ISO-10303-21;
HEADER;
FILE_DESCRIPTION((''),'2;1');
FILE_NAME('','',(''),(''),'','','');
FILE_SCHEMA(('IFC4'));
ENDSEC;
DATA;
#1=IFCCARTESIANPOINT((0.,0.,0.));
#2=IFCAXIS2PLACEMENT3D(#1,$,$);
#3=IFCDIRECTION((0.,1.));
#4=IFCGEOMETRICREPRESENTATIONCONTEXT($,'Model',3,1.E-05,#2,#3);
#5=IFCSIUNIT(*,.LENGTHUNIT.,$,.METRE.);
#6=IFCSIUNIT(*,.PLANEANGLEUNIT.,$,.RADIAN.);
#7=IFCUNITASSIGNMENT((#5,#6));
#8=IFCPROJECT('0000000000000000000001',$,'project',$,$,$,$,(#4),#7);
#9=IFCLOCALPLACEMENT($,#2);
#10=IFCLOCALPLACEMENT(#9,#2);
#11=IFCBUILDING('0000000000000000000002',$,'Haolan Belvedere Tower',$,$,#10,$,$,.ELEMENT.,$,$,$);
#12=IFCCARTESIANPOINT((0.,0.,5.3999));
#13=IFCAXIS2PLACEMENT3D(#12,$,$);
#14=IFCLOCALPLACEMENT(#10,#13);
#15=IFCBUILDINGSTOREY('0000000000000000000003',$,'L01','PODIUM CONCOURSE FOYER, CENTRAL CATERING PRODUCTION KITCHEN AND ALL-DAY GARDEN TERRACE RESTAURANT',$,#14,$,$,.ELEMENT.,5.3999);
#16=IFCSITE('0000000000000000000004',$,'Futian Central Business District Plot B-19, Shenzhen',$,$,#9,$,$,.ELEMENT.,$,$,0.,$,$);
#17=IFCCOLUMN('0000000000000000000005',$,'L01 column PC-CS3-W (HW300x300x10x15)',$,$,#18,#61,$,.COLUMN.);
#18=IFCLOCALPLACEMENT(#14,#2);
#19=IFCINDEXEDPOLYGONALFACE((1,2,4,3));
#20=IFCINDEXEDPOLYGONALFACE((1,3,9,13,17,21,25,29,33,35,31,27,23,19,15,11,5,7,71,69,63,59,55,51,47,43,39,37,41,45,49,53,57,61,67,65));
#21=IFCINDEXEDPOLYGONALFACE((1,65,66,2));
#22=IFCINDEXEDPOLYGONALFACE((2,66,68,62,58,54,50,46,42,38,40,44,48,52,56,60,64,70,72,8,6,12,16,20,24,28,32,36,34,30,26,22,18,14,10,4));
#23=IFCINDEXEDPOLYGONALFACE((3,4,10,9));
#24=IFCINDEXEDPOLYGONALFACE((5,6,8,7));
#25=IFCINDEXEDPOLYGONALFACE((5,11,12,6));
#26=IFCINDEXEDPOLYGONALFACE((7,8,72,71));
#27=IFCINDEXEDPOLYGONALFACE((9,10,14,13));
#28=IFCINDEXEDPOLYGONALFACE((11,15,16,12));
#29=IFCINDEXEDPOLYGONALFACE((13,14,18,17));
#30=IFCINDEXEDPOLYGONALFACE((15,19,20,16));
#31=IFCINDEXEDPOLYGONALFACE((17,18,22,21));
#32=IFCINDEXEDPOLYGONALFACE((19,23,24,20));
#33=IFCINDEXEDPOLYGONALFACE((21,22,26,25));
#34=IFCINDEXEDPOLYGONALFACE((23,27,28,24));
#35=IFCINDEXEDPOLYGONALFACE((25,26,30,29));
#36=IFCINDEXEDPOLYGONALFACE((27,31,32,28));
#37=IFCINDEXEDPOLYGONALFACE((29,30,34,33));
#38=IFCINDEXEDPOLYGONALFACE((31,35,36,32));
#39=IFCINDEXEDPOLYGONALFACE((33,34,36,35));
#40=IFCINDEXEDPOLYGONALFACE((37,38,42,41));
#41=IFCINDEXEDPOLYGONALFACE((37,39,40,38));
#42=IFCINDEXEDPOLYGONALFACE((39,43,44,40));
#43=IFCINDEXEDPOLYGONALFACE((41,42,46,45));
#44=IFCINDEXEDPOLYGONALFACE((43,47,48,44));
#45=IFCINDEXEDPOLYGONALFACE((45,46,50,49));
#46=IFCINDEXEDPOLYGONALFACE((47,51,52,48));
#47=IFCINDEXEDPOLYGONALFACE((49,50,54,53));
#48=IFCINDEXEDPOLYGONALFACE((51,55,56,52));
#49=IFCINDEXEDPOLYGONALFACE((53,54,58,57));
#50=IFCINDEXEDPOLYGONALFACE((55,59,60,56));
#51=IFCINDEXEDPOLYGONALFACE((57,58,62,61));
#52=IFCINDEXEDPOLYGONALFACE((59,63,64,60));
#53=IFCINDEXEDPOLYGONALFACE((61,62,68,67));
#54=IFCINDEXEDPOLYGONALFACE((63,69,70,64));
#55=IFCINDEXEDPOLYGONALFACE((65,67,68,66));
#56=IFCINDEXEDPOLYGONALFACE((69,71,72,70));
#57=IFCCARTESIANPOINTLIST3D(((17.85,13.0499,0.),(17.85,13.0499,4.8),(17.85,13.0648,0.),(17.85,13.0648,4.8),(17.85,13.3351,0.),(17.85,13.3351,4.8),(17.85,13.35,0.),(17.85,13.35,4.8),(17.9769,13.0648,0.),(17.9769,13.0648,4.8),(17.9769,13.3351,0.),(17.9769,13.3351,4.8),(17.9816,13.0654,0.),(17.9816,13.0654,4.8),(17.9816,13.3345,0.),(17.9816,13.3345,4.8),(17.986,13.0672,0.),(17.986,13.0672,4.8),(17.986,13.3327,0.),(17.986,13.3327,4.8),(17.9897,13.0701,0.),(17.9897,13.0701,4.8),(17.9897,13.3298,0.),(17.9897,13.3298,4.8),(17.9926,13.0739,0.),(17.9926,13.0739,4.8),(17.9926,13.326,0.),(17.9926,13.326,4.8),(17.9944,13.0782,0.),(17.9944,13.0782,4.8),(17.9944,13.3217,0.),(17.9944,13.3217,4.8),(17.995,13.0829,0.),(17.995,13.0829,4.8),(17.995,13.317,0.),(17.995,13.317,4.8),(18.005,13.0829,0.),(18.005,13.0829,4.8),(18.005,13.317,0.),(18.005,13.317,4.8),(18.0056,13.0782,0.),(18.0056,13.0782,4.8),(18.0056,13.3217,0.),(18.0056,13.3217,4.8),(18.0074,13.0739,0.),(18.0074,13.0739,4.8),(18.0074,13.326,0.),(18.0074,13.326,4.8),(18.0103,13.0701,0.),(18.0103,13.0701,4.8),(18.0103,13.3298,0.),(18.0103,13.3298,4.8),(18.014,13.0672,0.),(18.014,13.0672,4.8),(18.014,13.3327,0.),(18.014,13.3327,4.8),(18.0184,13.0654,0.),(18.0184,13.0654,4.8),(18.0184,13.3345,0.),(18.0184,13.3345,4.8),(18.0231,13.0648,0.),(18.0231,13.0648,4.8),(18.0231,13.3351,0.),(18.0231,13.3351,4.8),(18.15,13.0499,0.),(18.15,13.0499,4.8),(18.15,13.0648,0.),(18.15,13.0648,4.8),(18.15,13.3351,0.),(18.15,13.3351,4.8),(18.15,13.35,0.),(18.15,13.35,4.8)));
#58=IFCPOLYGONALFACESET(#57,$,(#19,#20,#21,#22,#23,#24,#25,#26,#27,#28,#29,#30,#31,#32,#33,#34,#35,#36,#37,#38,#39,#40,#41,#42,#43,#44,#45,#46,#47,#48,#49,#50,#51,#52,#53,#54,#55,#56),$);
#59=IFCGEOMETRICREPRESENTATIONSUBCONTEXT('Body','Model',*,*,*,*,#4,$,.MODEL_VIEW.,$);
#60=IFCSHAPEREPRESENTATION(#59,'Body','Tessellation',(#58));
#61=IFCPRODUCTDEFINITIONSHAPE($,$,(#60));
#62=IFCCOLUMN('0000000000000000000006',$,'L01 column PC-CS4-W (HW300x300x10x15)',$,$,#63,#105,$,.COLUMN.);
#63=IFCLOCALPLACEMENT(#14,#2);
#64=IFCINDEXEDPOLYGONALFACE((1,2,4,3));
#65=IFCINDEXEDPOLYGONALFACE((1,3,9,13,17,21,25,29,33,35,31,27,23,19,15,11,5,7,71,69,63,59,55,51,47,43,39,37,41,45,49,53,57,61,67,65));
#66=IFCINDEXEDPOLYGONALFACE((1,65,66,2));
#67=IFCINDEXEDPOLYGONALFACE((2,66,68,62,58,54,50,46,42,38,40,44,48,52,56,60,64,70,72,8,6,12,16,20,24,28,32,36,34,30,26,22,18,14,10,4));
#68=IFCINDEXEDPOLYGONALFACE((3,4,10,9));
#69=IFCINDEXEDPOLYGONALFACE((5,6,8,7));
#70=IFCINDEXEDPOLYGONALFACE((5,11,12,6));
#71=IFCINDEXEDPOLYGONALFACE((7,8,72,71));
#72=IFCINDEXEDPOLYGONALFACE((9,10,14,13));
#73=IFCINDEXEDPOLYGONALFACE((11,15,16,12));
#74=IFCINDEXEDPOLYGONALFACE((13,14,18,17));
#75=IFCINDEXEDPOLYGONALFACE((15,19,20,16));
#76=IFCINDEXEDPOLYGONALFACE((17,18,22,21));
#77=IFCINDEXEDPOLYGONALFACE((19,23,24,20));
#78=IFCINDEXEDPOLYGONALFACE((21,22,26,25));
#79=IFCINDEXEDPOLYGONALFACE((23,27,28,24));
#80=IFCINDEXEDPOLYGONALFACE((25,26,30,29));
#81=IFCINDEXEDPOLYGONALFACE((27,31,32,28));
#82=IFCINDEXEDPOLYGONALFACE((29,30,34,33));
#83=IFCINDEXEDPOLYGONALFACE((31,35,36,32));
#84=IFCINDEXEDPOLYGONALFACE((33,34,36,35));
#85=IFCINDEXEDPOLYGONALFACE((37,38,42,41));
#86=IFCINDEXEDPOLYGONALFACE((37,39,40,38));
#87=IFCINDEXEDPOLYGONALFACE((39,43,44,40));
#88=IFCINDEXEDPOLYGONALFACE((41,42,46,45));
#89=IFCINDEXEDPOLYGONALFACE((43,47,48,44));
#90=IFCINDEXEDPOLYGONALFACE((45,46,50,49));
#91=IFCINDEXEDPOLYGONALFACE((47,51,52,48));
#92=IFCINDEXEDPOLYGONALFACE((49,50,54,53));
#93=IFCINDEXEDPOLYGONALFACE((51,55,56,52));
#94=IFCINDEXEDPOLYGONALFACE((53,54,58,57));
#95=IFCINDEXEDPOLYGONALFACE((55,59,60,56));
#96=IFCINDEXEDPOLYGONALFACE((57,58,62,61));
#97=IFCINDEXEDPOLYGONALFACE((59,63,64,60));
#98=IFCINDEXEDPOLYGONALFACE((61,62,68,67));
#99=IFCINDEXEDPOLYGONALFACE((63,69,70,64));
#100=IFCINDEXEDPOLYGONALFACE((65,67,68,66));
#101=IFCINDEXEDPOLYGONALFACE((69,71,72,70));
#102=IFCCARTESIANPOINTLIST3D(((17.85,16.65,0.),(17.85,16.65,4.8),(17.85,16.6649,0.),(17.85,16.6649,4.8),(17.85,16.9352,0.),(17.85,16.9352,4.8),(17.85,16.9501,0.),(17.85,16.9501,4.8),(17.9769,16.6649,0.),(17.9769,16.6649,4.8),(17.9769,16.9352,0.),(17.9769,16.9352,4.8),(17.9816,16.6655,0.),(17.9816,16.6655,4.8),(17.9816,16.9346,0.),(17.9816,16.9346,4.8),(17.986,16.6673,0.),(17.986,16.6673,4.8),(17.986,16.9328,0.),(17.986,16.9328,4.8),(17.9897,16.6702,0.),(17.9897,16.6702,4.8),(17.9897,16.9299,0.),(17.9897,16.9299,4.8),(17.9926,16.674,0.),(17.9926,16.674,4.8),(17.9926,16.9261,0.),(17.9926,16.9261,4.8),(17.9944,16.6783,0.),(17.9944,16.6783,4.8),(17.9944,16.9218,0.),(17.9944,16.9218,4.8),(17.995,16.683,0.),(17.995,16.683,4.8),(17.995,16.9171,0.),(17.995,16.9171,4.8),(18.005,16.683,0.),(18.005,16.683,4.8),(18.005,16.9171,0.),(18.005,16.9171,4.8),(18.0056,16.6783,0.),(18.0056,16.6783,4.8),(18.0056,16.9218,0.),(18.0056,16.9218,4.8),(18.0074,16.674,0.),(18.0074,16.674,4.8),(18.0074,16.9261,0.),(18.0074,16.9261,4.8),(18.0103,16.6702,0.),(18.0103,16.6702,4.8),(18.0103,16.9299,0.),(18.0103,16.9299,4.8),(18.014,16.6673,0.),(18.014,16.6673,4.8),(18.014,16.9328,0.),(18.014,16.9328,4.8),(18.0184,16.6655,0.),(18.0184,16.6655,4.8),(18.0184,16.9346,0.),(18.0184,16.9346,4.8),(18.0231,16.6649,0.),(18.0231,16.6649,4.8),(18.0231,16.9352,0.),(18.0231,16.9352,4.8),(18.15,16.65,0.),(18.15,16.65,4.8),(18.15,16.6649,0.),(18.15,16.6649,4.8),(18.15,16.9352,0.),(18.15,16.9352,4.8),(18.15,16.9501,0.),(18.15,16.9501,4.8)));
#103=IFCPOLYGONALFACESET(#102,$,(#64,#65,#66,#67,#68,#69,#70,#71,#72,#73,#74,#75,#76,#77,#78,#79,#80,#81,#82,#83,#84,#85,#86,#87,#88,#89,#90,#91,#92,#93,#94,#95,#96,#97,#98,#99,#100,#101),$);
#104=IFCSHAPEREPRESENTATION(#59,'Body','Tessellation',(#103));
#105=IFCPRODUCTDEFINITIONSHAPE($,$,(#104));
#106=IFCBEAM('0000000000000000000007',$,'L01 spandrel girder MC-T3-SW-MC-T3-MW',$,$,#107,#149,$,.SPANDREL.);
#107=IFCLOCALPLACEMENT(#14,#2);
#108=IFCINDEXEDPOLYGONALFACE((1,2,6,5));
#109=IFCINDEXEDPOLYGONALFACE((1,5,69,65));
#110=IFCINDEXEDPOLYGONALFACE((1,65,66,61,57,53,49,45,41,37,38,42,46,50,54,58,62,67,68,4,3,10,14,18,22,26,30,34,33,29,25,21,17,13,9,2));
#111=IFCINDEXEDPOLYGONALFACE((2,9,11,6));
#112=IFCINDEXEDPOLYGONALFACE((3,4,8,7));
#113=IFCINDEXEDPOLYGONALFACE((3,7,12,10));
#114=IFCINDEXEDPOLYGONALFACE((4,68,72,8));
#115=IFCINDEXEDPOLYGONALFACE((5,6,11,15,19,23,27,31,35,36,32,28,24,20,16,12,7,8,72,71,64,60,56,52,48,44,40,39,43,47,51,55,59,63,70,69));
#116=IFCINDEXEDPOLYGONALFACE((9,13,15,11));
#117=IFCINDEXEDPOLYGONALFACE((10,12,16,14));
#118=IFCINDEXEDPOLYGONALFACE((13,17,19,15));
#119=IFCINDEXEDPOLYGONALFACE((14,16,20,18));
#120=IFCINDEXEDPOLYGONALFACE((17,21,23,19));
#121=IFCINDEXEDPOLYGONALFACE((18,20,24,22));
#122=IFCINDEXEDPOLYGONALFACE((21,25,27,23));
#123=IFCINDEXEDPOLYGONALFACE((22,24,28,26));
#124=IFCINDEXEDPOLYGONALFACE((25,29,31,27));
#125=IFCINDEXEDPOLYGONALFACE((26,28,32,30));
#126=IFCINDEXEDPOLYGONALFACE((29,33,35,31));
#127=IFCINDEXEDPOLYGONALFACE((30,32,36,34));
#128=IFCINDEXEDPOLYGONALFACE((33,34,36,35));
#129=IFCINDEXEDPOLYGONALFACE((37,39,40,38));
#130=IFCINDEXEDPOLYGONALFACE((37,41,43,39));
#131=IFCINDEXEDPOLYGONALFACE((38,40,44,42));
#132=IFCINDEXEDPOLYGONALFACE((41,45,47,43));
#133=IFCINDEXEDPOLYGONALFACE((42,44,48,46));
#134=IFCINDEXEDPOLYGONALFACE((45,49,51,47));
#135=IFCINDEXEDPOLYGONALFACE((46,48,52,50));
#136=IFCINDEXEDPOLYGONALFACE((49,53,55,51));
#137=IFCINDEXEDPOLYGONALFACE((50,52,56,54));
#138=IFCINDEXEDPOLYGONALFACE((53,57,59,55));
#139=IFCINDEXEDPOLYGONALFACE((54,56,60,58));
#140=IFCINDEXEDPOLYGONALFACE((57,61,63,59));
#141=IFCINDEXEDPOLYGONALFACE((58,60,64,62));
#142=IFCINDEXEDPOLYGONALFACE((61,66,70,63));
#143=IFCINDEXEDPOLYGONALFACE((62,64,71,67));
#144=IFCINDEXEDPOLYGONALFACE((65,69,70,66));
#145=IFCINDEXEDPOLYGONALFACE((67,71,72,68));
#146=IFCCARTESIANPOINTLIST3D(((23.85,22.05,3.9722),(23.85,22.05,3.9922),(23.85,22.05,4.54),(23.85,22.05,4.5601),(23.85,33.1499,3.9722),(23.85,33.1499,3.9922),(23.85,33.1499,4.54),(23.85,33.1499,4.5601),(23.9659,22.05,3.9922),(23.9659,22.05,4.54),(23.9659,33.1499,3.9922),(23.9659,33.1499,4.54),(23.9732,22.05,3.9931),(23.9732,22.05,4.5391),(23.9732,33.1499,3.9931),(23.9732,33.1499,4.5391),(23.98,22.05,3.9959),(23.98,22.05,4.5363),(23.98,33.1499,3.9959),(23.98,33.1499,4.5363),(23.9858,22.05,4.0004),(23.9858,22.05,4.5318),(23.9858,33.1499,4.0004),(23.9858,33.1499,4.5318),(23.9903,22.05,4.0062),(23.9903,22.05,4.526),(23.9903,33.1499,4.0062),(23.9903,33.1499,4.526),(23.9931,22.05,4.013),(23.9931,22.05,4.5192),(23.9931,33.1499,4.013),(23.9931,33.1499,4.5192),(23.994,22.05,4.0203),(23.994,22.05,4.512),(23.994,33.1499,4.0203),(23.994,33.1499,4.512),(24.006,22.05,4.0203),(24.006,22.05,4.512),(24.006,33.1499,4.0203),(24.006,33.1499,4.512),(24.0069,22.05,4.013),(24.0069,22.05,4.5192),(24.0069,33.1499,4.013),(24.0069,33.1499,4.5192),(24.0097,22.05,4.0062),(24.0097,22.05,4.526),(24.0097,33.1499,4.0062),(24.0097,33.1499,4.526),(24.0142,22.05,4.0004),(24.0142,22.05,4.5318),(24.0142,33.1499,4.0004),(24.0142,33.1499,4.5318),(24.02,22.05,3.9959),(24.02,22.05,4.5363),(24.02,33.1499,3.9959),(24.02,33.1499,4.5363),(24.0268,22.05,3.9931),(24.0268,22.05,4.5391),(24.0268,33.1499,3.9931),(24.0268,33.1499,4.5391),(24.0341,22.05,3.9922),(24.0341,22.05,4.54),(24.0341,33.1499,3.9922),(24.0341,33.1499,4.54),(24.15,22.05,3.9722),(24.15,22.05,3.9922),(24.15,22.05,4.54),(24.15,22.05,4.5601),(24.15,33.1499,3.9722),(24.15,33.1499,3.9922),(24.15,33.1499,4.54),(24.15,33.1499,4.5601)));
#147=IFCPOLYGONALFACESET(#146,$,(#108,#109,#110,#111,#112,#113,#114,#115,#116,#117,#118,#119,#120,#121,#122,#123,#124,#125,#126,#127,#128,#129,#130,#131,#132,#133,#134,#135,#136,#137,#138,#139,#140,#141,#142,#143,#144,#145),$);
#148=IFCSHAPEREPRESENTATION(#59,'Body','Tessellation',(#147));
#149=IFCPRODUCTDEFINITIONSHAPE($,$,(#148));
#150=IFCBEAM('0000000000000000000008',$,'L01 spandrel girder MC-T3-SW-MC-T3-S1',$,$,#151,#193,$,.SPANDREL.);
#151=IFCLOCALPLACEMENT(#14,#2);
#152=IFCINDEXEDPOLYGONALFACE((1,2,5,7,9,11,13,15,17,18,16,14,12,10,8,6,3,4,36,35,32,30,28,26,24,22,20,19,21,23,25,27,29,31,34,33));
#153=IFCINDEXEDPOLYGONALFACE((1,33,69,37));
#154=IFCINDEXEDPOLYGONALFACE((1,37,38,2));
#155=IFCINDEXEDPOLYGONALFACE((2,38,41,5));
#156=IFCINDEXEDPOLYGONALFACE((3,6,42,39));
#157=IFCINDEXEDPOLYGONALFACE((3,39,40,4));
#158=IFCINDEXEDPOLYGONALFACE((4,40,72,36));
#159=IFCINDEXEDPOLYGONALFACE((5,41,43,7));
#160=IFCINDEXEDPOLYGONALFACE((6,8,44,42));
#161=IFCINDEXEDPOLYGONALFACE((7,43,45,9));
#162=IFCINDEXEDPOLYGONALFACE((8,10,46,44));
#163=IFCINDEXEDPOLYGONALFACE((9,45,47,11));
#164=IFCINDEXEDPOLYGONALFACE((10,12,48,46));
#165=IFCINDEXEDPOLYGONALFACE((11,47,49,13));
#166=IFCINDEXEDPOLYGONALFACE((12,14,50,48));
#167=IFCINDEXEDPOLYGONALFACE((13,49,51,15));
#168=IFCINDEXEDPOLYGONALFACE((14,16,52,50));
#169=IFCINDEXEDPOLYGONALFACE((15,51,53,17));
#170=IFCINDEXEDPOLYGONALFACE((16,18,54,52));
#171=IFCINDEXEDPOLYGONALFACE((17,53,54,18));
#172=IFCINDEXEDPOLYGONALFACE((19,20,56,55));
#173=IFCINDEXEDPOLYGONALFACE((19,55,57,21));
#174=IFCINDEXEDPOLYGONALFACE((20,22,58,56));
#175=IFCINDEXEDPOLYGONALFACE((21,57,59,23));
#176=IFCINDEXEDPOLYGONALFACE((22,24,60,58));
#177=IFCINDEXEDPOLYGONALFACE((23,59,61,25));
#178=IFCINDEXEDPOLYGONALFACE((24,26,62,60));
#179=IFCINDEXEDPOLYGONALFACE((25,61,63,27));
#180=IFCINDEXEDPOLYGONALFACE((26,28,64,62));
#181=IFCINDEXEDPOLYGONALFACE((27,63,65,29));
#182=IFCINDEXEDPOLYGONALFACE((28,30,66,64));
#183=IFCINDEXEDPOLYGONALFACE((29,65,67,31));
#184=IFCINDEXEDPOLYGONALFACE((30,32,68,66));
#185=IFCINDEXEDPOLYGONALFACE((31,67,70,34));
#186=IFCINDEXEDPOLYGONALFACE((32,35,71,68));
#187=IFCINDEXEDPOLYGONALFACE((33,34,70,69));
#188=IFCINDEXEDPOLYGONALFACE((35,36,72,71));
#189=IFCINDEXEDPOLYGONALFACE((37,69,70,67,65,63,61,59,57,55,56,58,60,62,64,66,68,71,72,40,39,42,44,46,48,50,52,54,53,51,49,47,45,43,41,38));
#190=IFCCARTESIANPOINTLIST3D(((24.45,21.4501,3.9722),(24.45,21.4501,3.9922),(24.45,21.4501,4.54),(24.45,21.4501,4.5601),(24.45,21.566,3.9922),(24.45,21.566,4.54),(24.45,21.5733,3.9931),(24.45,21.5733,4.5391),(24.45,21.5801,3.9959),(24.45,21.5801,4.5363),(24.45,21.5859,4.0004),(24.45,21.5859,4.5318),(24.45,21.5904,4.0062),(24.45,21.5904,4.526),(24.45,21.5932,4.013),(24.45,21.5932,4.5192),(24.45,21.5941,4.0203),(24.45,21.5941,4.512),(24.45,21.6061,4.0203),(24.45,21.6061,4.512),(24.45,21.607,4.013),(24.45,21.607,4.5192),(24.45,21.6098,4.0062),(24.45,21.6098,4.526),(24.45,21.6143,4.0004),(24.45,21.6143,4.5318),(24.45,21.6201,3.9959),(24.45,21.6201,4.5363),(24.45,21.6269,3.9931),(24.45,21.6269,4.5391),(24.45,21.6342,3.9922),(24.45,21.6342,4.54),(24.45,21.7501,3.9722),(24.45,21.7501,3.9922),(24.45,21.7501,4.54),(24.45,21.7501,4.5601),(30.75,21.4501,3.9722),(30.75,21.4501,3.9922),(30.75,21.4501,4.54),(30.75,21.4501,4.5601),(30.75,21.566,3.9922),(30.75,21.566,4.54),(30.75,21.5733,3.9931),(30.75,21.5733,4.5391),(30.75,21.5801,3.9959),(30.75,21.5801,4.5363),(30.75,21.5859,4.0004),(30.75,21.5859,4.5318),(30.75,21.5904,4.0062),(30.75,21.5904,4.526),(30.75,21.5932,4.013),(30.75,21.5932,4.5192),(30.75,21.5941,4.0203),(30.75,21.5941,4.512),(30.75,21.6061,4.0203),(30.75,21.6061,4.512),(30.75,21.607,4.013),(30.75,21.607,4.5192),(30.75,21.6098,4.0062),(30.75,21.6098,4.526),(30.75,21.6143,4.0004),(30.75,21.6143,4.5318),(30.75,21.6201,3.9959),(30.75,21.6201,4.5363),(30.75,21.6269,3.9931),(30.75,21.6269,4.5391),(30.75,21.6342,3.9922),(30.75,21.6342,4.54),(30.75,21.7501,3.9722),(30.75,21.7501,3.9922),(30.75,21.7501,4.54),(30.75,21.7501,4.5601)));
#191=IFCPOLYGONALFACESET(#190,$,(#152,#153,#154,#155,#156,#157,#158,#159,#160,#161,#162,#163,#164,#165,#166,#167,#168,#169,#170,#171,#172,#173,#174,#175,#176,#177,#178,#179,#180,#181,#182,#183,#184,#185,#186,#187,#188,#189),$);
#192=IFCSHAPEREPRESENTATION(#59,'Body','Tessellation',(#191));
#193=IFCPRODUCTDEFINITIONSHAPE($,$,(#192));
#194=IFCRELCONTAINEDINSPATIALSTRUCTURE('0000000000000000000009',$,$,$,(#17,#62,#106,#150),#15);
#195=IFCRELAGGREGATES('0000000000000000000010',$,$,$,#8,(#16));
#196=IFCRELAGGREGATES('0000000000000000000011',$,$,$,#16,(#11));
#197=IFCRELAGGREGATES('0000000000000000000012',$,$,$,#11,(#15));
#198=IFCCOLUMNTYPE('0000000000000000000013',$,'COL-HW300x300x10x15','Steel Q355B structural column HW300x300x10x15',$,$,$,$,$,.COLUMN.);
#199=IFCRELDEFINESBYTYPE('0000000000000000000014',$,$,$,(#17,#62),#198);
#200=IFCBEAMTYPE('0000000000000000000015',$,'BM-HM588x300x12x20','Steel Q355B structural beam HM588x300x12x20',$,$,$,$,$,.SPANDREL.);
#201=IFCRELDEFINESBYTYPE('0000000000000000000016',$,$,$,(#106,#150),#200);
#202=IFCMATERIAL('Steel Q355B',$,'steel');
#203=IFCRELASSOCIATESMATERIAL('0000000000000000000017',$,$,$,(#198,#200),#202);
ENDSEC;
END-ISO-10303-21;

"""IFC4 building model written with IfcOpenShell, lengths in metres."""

from ifc_helpers import new_model, si_unit, direction, frame, origin, origin_2d, place, context, subcontext, project, spatial, i_section, extrude, material, material_profile, profile_set, type_object, element, save


model = new_model("IFC4")

# Units and contexts
model_context = context("Model", 3, precision=1e-05, world=origin(), true_north=direction((0.0, 1.0)))
body_context = subcontext(model_context, "Body", "Model", "MODEL_VIEW")
ifc_project = project(units=[si_unit("LENGTHUNIT", "METRE"), si_unit("PLANEANGLEUNIT", "RADIAN")], contexts=[model_context])

# Site, building, storey
site_placement = place(None, origin())
site = spatial("IfcSite", under=ifc_project, at=site_placement, Name="Futian Central Business District Plot B-19, Shenzhen", CompositionType="ELEMENT", RefElevation=0.0)
building_placement = place(site_placement, origin())
building = spatial("IfcBuilding", under=site, at=building_placement, Name="Haolan Belvedere Tower", CompositionType="ELEMENT")
storey_placement = place(building_placement, frame((0.0, 0.0, 5.3999)))
storey = spatial("IfcBuildingStorey", under=building, at=storey_placement, Name="L01", Description="PODIUM CONCOURSE FOYER, CENTRAL CATERING PRODUCTION KITCHEN AND ALL-DAY GARDEN TERRACE RESTAURANT", CompositionType="ELEMENT", Elevation=5.3999)

# Columns
ifc_material_1 = material(Name="Steel Q355B", Category="steel")
ifc_material_profile_1 = material_profile(ifc_material_1, i_section(OverallWidth=0.3, OverallDepth=0.3, WebThickness=0.01, FlangeThickness=0.0149, FilletRadius=0.0181, at=origin_2d()), Name="Steel Q355B")
ifc_profile_set_1 = profile_set([ifc_material_profile_1], Name="Steel Q355B")
column_type_1 = type_object("IfcColumnType", Name="COL-HW300x300x10x15", Description="Steel Q355B structural column HW300x300x10x15", PredefinedType="COLUMN", material=ifc_profile_set_1)
for number, where, z_axis, x_axis, name in (
    (1, (18.0, 13.2, 0.0), (0.0, 0.0, 1.0), (1.0, 0.0, 0.0), "L01 column PC-CS3-W (HW300x300x10x15)"),
    (2, (18.0, 16.8, 0.0), (0.0, 0.0, 1.0), (1.0, 0.0, 0.0), "L01 column PC-CS4-W (HW300x300x10x15)"),
):
    element("IfcColumn", number, at=place(storey_placement, frame(where, z_axis=z_axis, x_axis=x_axis)), inside=storey, type_object=column_type_1, Name=name, PredefinedType="COLUMN", context=body_context, shape_type="SweptSolid", body=[
        extrude(i_section(OverallWidth=0.3, OverallDepth=0.3, WebThickness=0.01, FlangeThickness=0.0149, FilletRadius=0.0181, at=origin_2d()), origin(), (0.0, 0.0, 1.0), 4.8),
    ])

# Beams
ifc_material_profile_2 = material_profile(ifc_material_1, i_section(OverallWidth=0.3, OverallDepth=0.5879, WebThickness=0.012, FlangeThickness=0.02, FilletRadius=0.0281, at=origin_2d()), Name="Steel Q355B")
ifc_profile_set_2 = profile_set([ifc_material_profile_2], Name="Steel Q355B")
beam_type_1 = type_object("IfcBeamType", Name="BM-HM588x300x12x20", Description="Steel Q355B structural beam HM588x300x12x20", PredefinedType="SPANDREL", material=ifc_profile_set_2)
beam_1_placement = place(storey_placement, frame((24.0, 22.05, 4.2661), z_axis=(0.0, 1.0, 0.0), x_axis=(-1.0, 0.0, 0.0)))
element("IfcBeam", 3, at=beam_1_placement, inside=storey, type_object=beam_type_1, Name="L01 spandrel girder MC-T3-SW-MC-T3-MW", PredefinedType="SPANDREL", context=body_context, shape_type="SweptSolid", body=[
    extrude(i_section(OverallWidth=0.3, OverallDepth=0.5879, WebThickness=0.012, FlangeThickness=0.02, FilletRadius=0.0281, at=origin_2d()), origin(), (0.0, 0.0, 1.0), 11.0999),
])
beam_2_placement = place(storey_placement, frame((24.45, 21.6001, 4.2661), z_axis=(1.0, 0.0, 0.0), x_axis=(0.0, 1.0, 0.0)))
element("IfcBeam", 4, at=beam_2_placement, inside=storey, type_object=beam_type_1, Name="L01 spandrel girder MC-T3-SW-MC-T3-S1", PredefinedType="SPANDREL", context=body_context, shape_type="SweptSolid", body=[
    extrude(i_section(OverallWidth=0.3, OverallDepth=0.5879, WebThickness=0.012, FlangeThickness=0.02, FilletRadius=0.0281, at=origin_2d()), origin(), (0.0, 0.0, 1.0), 6.3),
])

save(model, "model.ifc")
